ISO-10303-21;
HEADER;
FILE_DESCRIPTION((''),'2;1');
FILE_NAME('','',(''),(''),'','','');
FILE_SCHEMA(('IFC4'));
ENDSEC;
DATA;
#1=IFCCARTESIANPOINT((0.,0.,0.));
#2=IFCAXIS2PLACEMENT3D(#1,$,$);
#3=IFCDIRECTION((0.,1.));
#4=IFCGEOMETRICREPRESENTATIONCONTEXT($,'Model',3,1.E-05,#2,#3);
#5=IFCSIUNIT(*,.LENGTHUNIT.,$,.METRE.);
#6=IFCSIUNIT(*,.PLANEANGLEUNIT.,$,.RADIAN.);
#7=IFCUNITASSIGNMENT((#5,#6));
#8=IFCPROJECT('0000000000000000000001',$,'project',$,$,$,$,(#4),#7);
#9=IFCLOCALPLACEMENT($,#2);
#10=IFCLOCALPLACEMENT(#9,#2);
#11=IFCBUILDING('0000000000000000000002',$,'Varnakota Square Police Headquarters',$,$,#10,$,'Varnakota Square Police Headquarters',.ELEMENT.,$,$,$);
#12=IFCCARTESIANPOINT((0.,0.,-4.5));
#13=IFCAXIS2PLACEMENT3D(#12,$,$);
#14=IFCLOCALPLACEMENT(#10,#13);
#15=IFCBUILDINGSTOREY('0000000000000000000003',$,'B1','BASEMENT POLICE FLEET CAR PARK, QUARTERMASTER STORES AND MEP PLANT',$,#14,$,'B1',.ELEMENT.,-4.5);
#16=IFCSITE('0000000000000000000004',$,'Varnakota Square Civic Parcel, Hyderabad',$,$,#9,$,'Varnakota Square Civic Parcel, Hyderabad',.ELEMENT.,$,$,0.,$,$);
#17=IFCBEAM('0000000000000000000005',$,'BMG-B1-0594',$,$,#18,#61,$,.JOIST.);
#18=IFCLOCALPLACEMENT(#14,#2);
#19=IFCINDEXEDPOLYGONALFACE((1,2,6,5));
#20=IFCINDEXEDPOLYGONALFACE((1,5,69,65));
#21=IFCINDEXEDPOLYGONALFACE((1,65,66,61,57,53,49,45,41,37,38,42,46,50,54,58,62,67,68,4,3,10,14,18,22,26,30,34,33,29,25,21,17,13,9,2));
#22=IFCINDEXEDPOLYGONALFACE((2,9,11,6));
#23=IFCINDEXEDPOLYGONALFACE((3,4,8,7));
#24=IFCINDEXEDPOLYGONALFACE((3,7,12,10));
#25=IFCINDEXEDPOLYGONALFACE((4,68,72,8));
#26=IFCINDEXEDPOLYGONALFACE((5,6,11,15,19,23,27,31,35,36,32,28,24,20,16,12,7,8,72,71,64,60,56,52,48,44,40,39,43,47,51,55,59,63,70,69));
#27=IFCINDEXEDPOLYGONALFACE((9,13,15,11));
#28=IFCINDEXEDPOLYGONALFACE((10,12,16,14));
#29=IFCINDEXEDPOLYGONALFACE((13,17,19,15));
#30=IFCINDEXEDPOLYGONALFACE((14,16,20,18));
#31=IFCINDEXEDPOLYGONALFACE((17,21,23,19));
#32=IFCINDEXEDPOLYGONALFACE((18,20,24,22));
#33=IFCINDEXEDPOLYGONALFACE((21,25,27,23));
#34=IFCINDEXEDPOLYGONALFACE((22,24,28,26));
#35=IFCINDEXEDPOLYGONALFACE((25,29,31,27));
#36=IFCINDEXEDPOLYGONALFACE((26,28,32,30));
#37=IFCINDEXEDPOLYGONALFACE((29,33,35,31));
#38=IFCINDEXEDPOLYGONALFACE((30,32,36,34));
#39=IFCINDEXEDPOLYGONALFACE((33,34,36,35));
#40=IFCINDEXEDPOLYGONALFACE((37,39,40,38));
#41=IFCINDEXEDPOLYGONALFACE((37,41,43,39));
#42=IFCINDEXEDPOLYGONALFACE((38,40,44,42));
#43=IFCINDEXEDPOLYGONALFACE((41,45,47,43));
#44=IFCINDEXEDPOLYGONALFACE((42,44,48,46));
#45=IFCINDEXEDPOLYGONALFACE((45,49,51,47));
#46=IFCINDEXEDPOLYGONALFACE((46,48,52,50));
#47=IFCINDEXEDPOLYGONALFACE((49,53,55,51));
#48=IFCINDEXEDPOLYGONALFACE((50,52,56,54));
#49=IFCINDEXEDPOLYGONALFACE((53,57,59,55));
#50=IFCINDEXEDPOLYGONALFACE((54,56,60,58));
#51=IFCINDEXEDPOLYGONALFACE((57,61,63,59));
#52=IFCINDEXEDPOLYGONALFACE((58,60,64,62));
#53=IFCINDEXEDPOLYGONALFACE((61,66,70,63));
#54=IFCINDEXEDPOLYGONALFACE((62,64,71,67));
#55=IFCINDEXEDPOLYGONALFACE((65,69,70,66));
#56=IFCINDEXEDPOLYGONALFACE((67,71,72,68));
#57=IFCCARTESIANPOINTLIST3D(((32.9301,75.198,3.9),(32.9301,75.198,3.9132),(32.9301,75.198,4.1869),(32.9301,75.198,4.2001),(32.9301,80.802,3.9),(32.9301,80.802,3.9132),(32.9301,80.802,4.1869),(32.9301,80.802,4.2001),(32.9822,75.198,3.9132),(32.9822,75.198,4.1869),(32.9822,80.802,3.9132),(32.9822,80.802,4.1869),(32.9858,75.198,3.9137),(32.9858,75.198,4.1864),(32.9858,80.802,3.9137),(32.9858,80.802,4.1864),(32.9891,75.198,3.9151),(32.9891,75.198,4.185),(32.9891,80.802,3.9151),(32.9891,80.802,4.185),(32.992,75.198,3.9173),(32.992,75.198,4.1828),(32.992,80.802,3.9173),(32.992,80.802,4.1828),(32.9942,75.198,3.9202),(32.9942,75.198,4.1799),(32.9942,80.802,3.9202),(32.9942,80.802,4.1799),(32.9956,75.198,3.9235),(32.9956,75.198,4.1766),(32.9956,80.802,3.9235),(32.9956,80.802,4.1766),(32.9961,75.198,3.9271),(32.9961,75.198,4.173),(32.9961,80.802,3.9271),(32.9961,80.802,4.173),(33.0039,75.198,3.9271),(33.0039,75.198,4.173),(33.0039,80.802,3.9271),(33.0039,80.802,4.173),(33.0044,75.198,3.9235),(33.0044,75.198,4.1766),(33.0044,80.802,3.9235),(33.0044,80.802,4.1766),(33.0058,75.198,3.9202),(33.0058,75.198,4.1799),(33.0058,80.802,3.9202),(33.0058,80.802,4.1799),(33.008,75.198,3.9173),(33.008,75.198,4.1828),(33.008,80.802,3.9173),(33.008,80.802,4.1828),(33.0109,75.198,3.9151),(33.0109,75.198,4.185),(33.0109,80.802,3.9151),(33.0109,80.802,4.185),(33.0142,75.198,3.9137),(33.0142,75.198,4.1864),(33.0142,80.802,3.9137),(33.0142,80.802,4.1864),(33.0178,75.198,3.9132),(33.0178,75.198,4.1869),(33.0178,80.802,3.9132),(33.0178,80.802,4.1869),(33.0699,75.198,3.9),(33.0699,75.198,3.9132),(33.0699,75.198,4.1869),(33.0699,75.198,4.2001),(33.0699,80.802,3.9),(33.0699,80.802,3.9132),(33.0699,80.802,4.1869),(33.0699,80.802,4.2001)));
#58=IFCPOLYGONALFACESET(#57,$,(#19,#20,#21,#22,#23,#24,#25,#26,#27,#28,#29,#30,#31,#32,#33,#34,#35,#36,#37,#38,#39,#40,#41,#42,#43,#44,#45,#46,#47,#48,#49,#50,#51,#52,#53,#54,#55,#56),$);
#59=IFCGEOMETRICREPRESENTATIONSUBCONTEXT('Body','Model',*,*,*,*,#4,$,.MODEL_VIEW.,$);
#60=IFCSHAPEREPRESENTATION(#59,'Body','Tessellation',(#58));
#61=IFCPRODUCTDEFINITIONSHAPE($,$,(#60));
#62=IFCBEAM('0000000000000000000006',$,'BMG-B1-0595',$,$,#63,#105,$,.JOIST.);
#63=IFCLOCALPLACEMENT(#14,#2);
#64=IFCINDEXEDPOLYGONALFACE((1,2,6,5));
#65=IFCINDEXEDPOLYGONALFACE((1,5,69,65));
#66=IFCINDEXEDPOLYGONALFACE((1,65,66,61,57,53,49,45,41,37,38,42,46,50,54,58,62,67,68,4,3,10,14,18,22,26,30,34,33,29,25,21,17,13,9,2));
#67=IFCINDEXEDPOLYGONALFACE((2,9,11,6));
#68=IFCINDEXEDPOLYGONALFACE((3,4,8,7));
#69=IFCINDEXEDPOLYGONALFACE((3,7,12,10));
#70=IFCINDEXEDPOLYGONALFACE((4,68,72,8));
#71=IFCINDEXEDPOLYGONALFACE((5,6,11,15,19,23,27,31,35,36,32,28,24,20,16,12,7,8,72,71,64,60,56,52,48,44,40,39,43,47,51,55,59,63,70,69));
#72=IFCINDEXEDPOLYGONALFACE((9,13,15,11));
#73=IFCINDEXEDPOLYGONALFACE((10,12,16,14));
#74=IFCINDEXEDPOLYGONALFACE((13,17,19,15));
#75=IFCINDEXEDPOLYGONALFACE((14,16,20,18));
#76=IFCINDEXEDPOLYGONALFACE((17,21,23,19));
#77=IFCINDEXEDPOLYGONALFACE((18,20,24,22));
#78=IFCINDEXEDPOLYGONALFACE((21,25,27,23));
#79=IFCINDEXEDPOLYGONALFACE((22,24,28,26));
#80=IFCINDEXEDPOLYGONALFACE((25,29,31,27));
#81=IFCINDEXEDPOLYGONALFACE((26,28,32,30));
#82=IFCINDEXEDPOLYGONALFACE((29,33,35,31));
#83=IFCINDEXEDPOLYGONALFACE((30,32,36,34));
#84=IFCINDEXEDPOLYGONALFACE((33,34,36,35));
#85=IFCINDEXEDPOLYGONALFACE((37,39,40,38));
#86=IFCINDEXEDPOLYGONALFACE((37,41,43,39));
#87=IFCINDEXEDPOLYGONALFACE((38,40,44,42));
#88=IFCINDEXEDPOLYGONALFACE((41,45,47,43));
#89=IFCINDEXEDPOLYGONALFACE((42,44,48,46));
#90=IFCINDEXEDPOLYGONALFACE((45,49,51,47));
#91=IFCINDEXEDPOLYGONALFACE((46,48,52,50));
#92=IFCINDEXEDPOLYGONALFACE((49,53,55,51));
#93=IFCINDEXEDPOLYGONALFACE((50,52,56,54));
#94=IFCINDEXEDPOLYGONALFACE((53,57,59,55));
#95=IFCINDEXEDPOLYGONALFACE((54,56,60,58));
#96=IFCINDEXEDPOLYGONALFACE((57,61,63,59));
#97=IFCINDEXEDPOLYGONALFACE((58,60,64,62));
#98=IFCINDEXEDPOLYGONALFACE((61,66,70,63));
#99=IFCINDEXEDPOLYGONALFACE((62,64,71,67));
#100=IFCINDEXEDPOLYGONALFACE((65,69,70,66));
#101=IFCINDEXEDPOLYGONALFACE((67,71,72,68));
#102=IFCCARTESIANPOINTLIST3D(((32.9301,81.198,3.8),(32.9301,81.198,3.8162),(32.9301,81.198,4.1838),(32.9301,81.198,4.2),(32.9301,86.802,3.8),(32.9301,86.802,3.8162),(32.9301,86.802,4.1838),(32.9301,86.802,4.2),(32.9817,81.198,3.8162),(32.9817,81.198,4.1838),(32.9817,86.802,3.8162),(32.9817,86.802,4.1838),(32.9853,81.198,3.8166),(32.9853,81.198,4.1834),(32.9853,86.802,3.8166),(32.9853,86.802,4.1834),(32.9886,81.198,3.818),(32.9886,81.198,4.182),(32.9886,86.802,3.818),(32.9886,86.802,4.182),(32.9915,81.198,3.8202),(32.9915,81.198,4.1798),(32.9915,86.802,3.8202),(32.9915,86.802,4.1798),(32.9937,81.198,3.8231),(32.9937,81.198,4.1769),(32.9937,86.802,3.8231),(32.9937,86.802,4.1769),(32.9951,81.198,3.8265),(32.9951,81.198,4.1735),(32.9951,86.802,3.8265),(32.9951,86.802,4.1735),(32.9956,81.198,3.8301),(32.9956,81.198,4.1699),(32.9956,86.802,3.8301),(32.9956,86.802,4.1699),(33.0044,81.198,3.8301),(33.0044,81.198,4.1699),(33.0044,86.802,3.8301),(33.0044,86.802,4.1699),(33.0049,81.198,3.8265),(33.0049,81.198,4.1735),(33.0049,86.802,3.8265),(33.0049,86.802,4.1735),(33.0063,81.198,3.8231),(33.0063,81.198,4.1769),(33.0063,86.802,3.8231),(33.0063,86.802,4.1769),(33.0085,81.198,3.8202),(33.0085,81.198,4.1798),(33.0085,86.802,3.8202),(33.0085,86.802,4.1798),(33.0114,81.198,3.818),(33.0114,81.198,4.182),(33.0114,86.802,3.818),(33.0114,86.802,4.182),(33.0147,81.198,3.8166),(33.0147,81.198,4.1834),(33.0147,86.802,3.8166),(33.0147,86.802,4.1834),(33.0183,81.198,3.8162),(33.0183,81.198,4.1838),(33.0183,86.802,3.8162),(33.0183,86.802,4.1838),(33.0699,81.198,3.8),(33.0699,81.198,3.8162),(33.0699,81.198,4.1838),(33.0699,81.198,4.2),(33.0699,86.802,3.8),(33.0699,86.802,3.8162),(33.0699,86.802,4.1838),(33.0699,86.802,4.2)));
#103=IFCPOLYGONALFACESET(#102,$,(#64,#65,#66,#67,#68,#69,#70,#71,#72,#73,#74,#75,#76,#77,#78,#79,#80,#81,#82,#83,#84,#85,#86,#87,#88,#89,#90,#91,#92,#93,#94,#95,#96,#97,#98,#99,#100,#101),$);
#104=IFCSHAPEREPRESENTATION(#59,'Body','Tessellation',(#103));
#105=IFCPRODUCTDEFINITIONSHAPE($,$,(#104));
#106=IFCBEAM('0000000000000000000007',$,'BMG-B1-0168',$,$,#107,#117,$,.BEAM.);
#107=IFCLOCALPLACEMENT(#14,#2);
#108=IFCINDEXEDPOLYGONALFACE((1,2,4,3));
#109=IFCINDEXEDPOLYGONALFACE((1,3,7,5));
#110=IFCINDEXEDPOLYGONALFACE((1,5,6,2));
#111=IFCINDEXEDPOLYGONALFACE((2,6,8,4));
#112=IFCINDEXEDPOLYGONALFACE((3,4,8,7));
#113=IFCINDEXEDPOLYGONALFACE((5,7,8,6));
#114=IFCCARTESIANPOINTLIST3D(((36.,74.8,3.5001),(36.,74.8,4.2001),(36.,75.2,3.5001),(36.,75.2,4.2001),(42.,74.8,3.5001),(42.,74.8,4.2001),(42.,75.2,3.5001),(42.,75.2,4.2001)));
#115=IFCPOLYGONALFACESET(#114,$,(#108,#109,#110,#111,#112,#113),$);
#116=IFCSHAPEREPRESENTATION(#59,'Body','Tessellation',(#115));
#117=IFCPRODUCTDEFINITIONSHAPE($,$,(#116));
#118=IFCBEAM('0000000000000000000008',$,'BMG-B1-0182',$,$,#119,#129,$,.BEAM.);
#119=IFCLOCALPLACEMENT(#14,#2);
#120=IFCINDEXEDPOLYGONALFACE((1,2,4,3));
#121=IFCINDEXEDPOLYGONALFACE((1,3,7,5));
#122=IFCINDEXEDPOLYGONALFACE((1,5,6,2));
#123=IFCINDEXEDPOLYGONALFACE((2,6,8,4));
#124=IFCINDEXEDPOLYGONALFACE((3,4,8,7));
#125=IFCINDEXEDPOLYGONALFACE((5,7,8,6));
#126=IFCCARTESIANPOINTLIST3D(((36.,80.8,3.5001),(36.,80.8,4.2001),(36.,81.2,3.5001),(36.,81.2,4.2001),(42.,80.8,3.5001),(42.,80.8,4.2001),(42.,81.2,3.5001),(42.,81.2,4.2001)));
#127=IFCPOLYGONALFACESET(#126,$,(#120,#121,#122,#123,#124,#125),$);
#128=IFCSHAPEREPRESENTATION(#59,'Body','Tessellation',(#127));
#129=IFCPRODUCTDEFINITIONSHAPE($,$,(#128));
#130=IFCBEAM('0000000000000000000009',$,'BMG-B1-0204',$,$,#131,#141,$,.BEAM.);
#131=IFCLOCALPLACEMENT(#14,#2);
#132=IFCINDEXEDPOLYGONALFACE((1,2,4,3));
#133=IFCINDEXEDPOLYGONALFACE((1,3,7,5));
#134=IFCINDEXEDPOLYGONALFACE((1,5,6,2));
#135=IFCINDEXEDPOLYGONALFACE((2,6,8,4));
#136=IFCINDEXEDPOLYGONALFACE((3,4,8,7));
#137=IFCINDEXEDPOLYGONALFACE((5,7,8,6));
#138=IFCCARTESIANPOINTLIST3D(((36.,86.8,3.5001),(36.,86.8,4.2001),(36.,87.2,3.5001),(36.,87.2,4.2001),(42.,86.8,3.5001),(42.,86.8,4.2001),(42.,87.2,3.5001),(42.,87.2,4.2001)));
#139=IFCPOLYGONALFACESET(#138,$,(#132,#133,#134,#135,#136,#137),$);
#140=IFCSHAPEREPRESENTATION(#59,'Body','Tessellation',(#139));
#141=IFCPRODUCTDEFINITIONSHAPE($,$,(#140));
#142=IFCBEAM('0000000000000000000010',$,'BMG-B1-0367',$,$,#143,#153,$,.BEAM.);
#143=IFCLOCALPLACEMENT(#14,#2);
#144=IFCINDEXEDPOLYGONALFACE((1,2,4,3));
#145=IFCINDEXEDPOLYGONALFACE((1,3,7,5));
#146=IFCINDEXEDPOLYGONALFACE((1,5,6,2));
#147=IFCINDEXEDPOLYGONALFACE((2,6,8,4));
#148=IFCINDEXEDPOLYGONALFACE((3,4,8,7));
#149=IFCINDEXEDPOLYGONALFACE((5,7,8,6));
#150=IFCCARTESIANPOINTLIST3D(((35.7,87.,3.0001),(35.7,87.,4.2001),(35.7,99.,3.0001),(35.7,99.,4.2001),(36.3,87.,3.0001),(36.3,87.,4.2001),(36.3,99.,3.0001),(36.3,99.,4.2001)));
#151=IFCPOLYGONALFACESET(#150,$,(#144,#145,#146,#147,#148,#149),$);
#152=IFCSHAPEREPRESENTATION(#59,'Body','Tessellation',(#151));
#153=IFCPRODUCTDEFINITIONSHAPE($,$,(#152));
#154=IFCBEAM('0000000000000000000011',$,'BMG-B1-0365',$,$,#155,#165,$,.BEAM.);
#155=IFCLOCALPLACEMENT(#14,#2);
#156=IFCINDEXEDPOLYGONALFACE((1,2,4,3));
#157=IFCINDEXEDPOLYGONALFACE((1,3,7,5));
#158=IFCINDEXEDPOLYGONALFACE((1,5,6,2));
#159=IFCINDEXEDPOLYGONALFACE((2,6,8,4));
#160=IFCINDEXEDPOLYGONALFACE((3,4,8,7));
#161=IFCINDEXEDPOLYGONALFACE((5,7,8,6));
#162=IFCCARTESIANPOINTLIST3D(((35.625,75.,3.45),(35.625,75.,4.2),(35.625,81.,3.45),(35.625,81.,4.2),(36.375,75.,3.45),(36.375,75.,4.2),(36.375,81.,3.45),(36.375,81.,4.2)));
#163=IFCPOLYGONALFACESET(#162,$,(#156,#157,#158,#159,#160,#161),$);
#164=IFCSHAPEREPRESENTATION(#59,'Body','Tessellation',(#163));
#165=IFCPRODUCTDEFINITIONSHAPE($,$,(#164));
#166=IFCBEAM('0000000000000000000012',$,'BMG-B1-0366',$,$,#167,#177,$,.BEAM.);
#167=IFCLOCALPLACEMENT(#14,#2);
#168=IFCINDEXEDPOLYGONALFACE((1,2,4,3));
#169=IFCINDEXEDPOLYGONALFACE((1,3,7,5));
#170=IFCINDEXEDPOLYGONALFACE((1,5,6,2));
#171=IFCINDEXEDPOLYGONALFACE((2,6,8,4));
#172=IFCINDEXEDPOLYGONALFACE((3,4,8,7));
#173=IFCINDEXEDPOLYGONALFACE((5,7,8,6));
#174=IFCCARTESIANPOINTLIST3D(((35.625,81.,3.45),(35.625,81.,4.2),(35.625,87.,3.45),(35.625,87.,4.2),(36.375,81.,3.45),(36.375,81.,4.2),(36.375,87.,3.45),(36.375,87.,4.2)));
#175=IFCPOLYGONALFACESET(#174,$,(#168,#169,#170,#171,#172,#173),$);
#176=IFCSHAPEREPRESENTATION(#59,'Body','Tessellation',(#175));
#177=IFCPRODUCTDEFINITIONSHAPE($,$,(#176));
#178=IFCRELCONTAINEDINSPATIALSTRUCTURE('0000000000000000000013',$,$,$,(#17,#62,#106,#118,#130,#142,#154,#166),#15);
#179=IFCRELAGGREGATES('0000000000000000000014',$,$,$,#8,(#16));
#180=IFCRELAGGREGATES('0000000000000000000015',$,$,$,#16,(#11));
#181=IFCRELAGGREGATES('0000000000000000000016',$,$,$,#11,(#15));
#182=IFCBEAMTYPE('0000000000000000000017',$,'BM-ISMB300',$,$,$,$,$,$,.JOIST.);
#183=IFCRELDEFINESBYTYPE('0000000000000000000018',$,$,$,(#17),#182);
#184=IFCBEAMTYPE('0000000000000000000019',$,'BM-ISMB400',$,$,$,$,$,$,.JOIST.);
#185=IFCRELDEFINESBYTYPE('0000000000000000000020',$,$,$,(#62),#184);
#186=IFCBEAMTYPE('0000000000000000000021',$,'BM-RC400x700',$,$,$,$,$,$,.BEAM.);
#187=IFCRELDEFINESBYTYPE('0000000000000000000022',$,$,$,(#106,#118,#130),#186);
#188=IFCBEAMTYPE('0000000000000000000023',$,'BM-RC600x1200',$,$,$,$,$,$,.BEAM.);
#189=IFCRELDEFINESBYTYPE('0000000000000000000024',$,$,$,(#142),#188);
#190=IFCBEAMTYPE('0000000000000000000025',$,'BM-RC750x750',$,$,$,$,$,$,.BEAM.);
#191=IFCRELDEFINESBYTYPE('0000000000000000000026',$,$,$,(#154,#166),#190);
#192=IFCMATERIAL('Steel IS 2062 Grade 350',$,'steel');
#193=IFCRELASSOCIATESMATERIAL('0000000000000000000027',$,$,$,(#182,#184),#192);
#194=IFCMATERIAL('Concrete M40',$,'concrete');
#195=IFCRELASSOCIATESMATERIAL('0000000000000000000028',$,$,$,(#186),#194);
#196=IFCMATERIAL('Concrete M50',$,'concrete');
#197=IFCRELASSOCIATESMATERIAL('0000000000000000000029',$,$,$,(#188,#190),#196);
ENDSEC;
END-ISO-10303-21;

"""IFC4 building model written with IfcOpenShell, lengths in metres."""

from ifc_helpers import new_model, si_unit, direction, frame, origin, origin_2d, place, context, subcontext, project, spatial, rectangle, i_section, extrude, material, material_profile, profile_set, type_object, element, save


model = new_model("IFC4")

# Units and contexts
model_context = context("Model", 3, precision=1e-05, world=origin(), true_north=direction((0.0, 1.0)))
body_context = subcontext(model_context, "Body", "Model", "MODEL_VIEW")
ifc_project = project(units=[si_unit("LENGTHUNIT", "METRE"), si_unit("PLANEANGLEUNIT", "RADIAN")], contexts=[model_context])

# Site, building, storey
site_placement = place(None, origin())
site = spatial("IfcSite", under=ifc_project, at=site_placement, Name="Varnakota Square Civic Parcel, Hyderabad", LongName="Varnakota Square Civic Parcel, Hyderabad", CompositionType="ELEMENT", RefElevation=0.0)
building_placement = place(site_placement, origin())
building = spatial("IfcBuilding", under=site, at=building_placement, Name="Varnakota Square Police Headquarters", LongName="Varnakota Square Police Headquarters", CompositionType="ELEMENT")
storey_placement = place(building_placement, frame((0.0, 0.0, -4.5)))
storey = spatial("IfcBuildingStorey", under=building, at=storey_placement, Name="B1", Description="BASEMENT POLICE FLEET CAR PARK, QUARTERMASTER STORES AND MEP PLANT", LongName="B1", CompositionType="ELEMENT", Elevation=-4.5)

# Shared definitions
ifc_material_1 = material(Name="Concrete M40", Category="concrete")

# Shared definitions
ifc_material_2 = material(Name="Concrete M50", Category="concrete")

# Beams
ifc_material_3 = material(Name="Steel IS 2062 Grade 350", Category="steel")
ifc_material_profile_1 = material_profile(ifc_material_3, i_section(OverallWidth=0.1399, OverallDepth=0.3, WebThickness=0.0078, FlangeThickness=0.0132, FilletRadius=0.0139, at=origin_2d()), Name="ISMB 300")
ifc_profile_set_1 = profile_set([ifc_material_profile_1], Name="Steel IS 2062 Grade 350")
beam_type_1 = type_object("IfcBeamType", Name="BM-ISMB300", PredefinedType="JOIST", material=ifc_profile_set_1)
beam_1_placement = place(storey_placement, frame((33.0, 75.198, 4.05), z_axis=(0.0, 1.0, 0.0), x_axis=(-1.0, 0.0, 0.0)))
element("IfcBeam", 1, at=beam_1_placement, inside=storey, type_object=beam_type_1, Name="BMG-B1-0594", PredefinedType="JOIST", context=body_context, shape_type="SweptSolid", body=[
    extrude(i_section(OverallWidth=0.1399, OverallDepth=0.3, WebThickness=0.0078, FlangeThickness=0.0132, FilletRadius=0.0139, at=origin_2d()), origin(), (0.0, 0.0, 1.0), 5.604),
])
ifc_material_profile_2 = material_profile(ifc_material_3, i_section(OverallWidth=0.1399, OverallDepth=0.3999, WebThickness=0.0088, FlangeThickness=0.0161, FilletRadius=0.0139, at=origin_2d()), Name="ISMB 400")
ifc_profile_set_2 = profile_set([ifc_material_profile_2], Name="Steel IS 2062 Grade 350")
beam_type_2 = type_object("IfcBeamType", Name="BM-ISMB400", PredefinedType="JOIST", material=ifc_profile_set_2)
beam_2_placement = place(storey_placement, frame((33.0, 81.198, 4.0), z_axis=(0.0, 1.0, 0.0), x_axis=(-1.0, 0.0, 0.0)))
element("IfcBeam", 2, at=beam_2_placement, inside=storey, type_object=beam_type_2, Name="BMG-B1-0595", PredefinedType="JOIST", context=body_context, shape_type="SweptSolid", body=[
    extrude(i_section(OverallWidth=0.1399, OverallDepth=0.3999, WebThickness=0.0088, FlangeThickness=0.0161, FilletRadius=0.0139, at=origin_2d()), origin(), (0.0, 0.0, 1.0), 5.604),
])
ifc_material_profile_3 = material_profile(ifc_material_1, rectangle(XDim=0.3999, YDim=0.7, at=origin_2d()), Name="RC 400x700")
ifc_profile_set_3 = profile_set([ifc_material_profile_3], Name="Concrete M40")
beam_type_3 = type_object("IfcBeamType", Name="BM-RC400x700", PredefinedType="BEAM", material=ifc_profile_set_3)
for number, where, z_axis, x_axis, name in (
    (3, (36.0, 75.0, 3.8501), (1.0, 0.0, 0.0), (0.0, 1.0, 0.0), "BMG-B1-0168"),
    (4, (36.0, 81.0, 3.8501), (1.0, 0.0, 0.0), (0.0, 1.0, 0.0), "BMG-B1-0182"),
    (5, (36.0, 87.0, 3.8501), (1.0, 0.0, 0.0), (0.0, 1.0, 0.0), "BMG-B1-0204"),
):
    element("IfcBeam", number, at=place(storey_placement, frame(where, z_axis=z_axis, x_axis=x_axis)), inside=storey, type_object=beam_type_3, Name=name, PredefinedType="BEAM", context=body_context, shape_type="SweptSolid", body=[
        extrude(rectangle(XDim=0.3999, YDim=0.7, at=origin_2d()), origin(), (0.0, 0.0, 1.0), 6.0),
    ])
ifc_material_profile_4 = material_profile(ifc_material_2, rectangle(XDim=0.6001, YDim=1.2, at=origin_2d()), Name="RC 600x1200")
ifc_profile_set_4 = profile_set([ifc_material_profile_4], Name="Concrete M50")
beam_type_4 = type_object("IfcBeamType", Name="BM-RC600x1200", PredefinedType="BEAM", material=ifc_profile_set_4)
beam_3_placement = place(storey_placement, frame((36.0, 87.0, 3.6001), z_axis=(0.0, 1.0, 0.0), x_axis=(-1.0, 0.0, 0.0)))
element("IfcBeam", 6, at=beam_3_placement, inside=storey, type_object=beam_type_4, Name="BMG-B1-0367", PredefinedType="BEAM", context=body_context, shape_type="SweptSolid", body=[
    extrude(rectangle(XDim=0.6001, YDim=1.2, at=origin_2d()), origin(), (0.0, 0.0, 1.0), 12.0),
])
ifc_material_profile_5 = material_profile(ifc_material_2, rectangle(XDim=0.75, YDim=0.75, at=origin_2d()), Name="RC 750x750")
ifc_profile_set_5 = profile_set([ifc_material_profile_5], Name="Concrete M50")
beam_type_5 = type_object("IfcBeamType", Name="BM-RC750x750", PredefinedType="BEAM", material=ifc_profile_set_5)
for number, where, z_axis, x_axis, name in (
    (7, (36.0, 75.0, 3.825), (0.0, 1.0, 0.0), (-1.0, 0.0, 0.0), "BMG-B1-0365"),
    (8, (36.0, 81.0, 3.825), (0.0, 1.0, 0.0), (-1.0, 0.0, 0.0), "BMG-B1-0366"),
):
    element("IfcBeam", number, at=place(storey_placement, frame(where, z_axis=z_axis, x_axis=x_axis)), inside=storey, type_object=beam_type_5, Name=name, PredefinedType="BEAM", context=body_context, shape_type="SweptSolid", body=[
        extrude(rectangle(XDim=0.75, YDim=0.75, at=origin_2d()), origin(), (0.0, 0.0, 1.0), 6.0),
    ])

save(model, "model.ifc")
